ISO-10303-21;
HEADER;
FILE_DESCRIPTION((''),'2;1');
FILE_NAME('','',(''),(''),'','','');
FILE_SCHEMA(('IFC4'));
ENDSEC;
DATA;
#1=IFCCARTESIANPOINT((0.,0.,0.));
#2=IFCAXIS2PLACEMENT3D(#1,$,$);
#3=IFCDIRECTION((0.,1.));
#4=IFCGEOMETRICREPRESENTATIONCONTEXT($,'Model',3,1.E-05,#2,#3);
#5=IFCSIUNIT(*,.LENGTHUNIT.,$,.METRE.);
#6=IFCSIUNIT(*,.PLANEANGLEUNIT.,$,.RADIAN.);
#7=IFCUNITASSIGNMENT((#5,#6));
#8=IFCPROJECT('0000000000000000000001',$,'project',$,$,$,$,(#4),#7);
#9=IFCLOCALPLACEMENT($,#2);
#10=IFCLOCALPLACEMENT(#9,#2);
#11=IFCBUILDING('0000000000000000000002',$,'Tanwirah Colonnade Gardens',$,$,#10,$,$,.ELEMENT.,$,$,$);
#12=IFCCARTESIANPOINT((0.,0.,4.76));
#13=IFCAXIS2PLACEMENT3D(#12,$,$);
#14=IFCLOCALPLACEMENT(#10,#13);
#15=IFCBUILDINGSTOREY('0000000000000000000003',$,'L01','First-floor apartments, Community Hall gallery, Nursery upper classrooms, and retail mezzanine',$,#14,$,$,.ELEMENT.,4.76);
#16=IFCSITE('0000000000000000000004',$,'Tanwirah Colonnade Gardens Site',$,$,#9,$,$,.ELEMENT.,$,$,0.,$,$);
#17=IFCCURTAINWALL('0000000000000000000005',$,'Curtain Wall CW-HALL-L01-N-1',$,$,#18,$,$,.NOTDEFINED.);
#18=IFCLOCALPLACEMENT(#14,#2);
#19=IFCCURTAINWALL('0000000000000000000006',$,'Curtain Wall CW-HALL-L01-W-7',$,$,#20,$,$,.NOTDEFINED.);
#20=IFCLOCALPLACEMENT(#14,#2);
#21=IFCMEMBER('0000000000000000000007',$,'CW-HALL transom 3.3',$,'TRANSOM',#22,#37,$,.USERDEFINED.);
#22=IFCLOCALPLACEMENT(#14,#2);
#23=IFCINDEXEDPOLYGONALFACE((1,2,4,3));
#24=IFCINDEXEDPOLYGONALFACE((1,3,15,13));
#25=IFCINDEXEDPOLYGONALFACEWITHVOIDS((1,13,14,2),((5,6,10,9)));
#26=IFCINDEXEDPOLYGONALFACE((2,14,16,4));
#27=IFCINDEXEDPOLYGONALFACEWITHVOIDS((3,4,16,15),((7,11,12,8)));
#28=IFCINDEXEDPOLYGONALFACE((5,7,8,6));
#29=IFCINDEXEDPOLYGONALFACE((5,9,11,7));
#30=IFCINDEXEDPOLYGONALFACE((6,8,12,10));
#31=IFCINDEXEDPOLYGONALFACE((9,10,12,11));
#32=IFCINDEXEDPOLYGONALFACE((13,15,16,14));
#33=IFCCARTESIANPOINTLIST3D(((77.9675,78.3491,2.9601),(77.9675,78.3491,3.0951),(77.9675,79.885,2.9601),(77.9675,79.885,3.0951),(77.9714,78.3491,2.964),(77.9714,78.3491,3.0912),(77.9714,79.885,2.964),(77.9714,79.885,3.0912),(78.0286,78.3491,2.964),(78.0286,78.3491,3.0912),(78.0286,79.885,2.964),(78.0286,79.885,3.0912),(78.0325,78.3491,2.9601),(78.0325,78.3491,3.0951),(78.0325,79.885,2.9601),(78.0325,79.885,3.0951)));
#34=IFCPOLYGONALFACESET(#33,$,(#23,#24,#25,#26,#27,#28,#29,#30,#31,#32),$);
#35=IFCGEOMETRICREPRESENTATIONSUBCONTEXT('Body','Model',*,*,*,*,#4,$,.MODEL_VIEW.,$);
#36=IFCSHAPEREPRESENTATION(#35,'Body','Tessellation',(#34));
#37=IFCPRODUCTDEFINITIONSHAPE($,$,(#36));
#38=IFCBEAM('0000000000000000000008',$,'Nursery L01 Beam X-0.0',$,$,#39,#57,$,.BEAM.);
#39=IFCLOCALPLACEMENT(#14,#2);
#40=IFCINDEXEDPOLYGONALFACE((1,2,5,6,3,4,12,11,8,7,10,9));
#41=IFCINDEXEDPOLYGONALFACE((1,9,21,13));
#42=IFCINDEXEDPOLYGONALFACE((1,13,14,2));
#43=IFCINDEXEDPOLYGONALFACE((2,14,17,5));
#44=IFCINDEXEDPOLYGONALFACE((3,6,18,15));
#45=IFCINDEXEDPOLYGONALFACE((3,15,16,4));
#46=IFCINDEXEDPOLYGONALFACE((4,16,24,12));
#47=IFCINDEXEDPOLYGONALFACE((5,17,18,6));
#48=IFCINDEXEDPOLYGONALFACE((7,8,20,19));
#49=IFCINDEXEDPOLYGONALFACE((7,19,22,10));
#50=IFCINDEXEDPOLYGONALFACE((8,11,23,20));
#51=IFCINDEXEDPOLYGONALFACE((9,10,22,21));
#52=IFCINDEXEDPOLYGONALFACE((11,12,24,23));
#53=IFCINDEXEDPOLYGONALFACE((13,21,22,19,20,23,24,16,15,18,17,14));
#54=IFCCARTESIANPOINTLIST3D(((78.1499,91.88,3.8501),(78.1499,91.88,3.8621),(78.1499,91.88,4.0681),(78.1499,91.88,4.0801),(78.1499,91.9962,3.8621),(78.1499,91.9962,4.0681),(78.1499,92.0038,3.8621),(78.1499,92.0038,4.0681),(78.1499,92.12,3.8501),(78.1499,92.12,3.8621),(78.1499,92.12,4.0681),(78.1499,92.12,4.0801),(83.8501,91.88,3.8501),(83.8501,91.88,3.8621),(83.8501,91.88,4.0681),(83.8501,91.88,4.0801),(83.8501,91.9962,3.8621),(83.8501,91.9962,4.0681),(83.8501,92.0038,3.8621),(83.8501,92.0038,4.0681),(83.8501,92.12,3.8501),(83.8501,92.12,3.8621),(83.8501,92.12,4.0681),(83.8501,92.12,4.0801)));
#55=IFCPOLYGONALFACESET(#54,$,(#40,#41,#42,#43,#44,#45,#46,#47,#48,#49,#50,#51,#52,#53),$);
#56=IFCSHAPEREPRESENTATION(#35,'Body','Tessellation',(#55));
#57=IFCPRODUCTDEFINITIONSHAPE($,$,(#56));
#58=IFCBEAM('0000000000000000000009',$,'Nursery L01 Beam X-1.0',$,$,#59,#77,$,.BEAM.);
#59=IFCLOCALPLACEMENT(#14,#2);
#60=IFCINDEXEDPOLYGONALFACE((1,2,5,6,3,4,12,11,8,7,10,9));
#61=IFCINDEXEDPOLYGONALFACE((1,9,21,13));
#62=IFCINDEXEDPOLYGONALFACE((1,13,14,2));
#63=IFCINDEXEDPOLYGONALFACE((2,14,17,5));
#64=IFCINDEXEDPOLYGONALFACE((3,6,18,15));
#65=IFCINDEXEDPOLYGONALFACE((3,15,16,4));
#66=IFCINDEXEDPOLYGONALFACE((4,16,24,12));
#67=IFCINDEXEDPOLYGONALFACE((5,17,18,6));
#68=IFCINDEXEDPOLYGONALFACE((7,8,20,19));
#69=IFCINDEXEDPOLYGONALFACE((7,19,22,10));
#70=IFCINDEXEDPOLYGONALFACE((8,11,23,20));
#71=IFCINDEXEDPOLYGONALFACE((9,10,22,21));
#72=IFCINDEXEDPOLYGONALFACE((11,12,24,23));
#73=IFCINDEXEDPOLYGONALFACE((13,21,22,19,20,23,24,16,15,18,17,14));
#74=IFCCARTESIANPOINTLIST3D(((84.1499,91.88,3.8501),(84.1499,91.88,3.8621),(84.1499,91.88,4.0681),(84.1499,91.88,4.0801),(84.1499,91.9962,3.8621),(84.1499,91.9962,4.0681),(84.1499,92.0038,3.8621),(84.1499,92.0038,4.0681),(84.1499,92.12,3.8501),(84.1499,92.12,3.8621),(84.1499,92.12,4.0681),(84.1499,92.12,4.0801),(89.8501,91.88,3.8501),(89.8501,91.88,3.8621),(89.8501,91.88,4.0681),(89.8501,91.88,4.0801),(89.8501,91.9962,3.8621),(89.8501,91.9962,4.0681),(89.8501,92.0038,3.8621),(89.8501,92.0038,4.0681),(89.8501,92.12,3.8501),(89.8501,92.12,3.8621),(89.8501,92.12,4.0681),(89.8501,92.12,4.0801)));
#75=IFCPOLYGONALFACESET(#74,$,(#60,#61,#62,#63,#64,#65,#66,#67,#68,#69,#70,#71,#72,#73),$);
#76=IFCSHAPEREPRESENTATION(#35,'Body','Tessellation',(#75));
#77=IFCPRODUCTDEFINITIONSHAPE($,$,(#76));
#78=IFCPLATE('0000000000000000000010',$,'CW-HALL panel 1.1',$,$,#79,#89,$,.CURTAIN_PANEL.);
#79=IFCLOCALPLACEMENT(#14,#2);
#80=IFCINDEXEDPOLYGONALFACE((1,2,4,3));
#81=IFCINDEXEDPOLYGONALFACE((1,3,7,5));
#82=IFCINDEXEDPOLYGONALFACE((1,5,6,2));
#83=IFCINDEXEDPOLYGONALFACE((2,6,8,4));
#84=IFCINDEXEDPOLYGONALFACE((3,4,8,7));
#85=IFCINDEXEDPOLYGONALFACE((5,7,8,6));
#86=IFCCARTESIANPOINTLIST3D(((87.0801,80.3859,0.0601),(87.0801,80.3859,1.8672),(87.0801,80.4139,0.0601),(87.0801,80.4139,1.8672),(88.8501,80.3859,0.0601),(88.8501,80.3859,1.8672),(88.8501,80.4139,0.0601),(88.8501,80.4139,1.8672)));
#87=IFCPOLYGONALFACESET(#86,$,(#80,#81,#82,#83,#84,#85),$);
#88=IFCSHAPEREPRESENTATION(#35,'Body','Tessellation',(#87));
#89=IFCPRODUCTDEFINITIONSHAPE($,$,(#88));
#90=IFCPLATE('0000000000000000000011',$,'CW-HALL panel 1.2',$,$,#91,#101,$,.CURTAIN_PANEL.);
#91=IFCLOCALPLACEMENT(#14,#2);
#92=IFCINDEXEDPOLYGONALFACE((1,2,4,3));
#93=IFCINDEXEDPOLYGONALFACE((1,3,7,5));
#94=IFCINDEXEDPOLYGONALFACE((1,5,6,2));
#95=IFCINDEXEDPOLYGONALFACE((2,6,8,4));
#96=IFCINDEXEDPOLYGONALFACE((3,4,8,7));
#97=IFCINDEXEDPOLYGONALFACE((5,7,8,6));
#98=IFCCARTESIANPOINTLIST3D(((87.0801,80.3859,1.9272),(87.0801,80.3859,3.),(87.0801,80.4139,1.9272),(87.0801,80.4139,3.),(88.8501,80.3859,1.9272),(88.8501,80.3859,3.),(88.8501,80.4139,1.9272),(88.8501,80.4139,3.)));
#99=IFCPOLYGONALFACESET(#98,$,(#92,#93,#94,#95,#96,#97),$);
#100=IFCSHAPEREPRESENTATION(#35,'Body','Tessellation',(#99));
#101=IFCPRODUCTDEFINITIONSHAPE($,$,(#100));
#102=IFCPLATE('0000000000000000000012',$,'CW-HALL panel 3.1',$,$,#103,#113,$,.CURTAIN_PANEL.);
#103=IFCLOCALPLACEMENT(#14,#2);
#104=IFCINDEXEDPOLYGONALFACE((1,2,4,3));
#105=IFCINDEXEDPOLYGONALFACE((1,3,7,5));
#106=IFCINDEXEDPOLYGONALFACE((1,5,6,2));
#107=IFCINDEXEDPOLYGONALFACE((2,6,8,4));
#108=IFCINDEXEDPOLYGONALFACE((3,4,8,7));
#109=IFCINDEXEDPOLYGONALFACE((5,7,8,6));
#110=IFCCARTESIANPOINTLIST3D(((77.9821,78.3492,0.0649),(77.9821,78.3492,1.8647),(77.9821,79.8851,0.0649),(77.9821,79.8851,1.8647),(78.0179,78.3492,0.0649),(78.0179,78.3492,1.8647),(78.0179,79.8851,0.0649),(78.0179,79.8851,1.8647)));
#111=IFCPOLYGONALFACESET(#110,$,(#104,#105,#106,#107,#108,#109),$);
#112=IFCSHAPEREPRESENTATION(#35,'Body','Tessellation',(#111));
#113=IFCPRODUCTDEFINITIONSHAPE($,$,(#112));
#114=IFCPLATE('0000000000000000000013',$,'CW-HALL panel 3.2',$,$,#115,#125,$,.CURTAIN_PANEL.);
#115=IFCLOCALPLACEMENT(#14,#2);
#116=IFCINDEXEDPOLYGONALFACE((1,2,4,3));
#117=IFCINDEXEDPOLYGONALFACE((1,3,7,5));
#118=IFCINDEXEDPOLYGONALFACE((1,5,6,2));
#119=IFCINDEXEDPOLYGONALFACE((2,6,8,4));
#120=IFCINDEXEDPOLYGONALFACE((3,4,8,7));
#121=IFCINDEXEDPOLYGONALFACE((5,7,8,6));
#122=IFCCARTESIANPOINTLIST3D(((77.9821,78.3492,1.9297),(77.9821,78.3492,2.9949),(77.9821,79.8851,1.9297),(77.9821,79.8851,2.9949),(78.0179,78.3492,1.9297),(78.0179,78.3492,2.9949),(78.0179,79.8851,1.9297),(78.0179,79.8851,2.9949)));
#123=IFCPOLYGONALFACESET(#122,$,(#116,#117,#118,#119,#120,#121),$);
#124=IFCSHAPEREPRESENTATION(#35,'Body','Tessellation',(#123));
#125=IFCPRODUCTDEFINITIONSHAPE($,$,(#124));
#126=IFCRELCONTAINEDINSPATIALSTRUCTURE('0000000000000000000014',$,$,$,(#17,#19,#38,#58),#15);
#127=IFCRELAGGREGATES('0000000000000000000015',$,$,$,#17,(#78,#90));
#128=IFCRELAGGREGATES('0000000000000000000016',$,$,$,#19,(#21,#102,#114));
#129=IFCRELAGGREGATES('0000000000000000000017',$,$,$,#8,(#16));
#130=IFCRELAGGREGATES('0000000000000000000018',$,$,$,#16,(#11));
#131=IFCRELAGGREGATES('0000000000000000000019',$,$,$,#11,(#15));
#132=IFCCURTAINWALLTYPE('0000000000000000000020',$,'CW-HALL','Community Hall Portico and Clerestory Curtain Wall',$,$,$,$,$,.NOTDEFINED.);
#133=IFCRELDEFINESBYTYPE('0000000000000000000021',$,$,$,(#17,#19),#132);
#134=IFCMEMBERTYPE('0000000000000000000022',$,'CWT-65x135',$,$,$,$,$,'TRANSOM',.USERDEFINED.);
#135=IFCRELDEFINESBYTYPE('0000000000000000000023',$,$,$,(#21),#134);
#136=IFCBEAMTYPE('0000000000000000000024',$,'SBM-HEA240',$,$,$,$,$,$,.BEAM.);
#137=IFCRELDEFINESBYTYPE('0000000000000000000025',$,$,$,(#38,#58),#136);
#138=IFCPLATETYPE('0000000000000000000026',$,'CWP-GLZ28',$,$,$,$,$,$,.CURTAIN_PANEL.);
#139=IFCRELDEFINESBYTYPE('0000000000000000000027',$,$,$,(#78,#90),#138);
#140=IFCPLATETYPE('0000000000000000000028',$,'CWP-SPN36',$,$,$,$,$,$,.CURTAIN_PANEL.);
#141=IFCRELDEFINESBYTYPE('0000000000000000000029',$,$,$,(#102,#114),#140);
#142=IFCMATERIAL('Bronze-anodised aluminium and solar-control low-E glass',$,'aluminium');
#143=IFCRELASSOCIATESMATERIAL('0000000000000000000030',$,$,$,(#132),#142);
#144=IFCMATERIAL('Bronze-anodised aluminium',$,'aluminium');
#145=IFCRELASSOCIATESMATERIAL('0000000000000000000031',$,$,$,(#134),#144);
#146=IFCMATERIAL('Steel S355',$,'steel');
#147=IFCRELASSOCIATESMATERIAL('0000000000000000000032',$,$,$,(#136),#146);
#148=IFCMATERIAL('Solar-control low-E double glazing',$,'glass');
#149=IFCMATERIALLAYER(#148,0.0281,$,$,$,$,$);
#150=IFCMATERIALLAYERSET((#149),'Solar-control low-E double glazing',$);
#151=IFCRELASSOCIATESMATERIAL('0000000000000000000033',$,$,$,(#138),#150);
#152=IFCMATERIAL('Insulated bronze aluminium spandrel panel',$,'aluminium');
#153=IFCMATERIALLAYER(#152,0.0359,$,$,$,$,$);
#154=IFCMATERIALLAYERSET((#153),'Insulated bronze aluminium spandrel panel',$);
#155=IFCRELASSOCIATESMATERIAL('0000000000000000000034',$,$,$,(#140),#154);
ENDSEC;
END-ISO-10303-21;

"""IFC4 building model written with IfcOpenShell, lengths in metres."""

from ifc_helpers import new_model, si_unit, direction, frame, origin, origin_2d, place, context, subcontext, project, spatial, rectangle, hollow_rectangle, i_section, extrude, material, layer, layer_set, material_profile, profile_set, type_object, element, aggregate, save


model = new_model("IFC4")

# Units and contexts
model_context = context("Model", 3, precision=1e-05, world=origin(), true_north=direction((0.0, 1.0)))
body_context = subcontext(model_context, "Body", "Model", "MODEL_VIEW")
ifc_project = project(units=[si_unit("LENGTHUNIT", "METRE"), si_unit("PLANEANGLEUNIT", "RADIAN")], contexts=[model_context])

# Site, building, storey
site_placement = place(None, origin())
site = spatial("IfcSite", under=ifc_project, at=site_placement, Name="Tanwirah Colonnade Gardens Site", CompositionType="ELEMENT", RefElevation=0.0)
building_placement = place(site_placement, origin())
building = spatial("IfcBuilding", under=site, at=building_placement, Name="Tanwirah Colonnade Gardens", CompositionType="ELEMENT")
storey_placement = place(building_placement, frame((0.0, 0.0, 4.76)))
storey = spatial("IfcBuildingStorey", under=building, at=storey_placement, Name="L01", Description="First-floor apartments, Community Hall gallery, Nursery upper classrooms, and retail mezzanine", CompositionType="ELEMENT", Elevation=4.76)

# Curtain wall
ifc_material_1 = material(Name="Bronze-anodised aluminium and solar-control low-E glass", Category="aluminium")
curtain_wall_type = type_object("IfcCurtainWallType", Name="CW-HALL", Description="Community Hall Portico and Clerestory Curtain Wall", PredefinedType="NOTDEFINED", material=ifc_material_1)
curtain_wall_1_placement = place(storey_placement, origin())
curtain_wall_1 = element("IfcCurtainWall", 1, at=curtain_wall_1_placement, inside=storey, type_object=curtain_wall_type, Name="Curtain Wall CW-HALL-L01-N-1", PredefinedType="NOTDEFINED")
ifc_material_2 = material(Name="Bronze-anodised aluminium", Category="aluminium")

# Curtain wall
curtain_wall_2_placement = place(storey_placement, origin())
curtain_wall_2 = element("IfcCurtainWall", 2, at=curtain_wall_2_placement, inside=storey, type_object=curtain_wall_type, Name="Curtain Wall CW-HALL-L01-W-7", PredefinedType="NOTDEFINED")

# Member
ifc_material_profile_1 = material_profile(ifc_material_2, hollow_rectangle(XDim=0.0649, YDim=0.135, WallThickness=0.0039, at=origin_2d()), Name="CW-TRN 65x135x4")
ifc_profile_set_1 = profile_set([ifc_material_profile_1], Name="Bronze-anodised aluminium")
member_type_1 = type_object("IfcMemberType", Name="CWT-65x135", ElementType="TRANSOM", PredefinedType="USERDEFINED", material=ifc_profile_set_1)
member_1_placement = place(storey_placement, frame((78.0, 78.3491, 3.0276), z_axis=(0.0, 1.0, 0.0), x_axis=(-1.0, 0.0, 0.0)))
member_1 = element("IfcMember", 3, at=member_1_placement, type_object=member_type_1, Name="CW-HALL transom 3.3", ObjectType="TRANSOM", PredefinedType="USERDEFINED", context=body_context, shape_type="SweptSolid", body=[
    extrude(hollow_rectangle(XDim=0.0649, YDim=0.135, WallThickness=0.0039, at=origin_2d()), origin(), (0.0, 0.0, 1.0), 1.5359),
])

# Beams
ifc_material_3 = material(Name="Steel S355", Category="steel")
ifc_material_profile_2 = material_profile(ifc_material_3, i_section(OverallWidth=0.24, OverallDepth=0.23, WebThickness=0.0076, FlangeThickness=0.012, at=origin_2d()), Name="HEA 240")
ifc_profile_set_2 = profile_set([ifc_material_profile_2], Name="Steel S355")
beam_type = type_object("IfcBeamType", Name="SBM-HEA240", PredefinedType="BEAM", material=ifc_profile_set_2)
for number, where, z_axis, x_axis, name in (
    (4, (78.1499, 92.0, 3.9651), (1.0, 0.0, 0.0), (0.0, 1.0, 0.0), "Nursery L01 Beam X-0.0"),
    (5, (84.1499, 92.0, 3.9651), (1.0, 0.0, 0.0), (0.0, 1.0, 0.0), "Nursery L01 Beam X-1.0"),
):
    element("IfcBeam", number, at=place(storey_placement, frame(where, z_axis=z_axis, x_axis=x_axis)), inside=storey, type_object=beam_type, Name=name, PredefinedType="BEAM", context=body_context, shape_type="SweptSolid", body=[
        extrude(i_section(OverallWidth=0.24, OverallDepth=0.23, WebThickness=0.0076, FlangeThickness=0.012, at=origin_2d()), origin(), (0.0, 0.0, 1.0), 5.7002),
    ])

# Plates
ifc_material_4 = material(Name="Solar-control low-E double glazing", Category="glass")
ifc_layer_1 = layer(ifc_material_4, 0.0281)
ifc_layer_set_1 = layer_set([ifc_layer_1], Name="Solar-control low-E double glazing")
plate_type_1 = type_object("IfcPlateType", Name="CWP-GLZ28", PredefinedType="CURTAIN_PANEL", material=ifc_layer_set_1)
plate_1_placement = place(storey_placement, frame((87.9651, 80.3999, 0.0601), z_axis=(0.0, 0.0, 1.0), x_axis=(1.0, 0.0, 0.0)))
plate_1 = element("IfcPlate", 6, at=plate_1_placement, type_object=plate_type_1, Name="CW-HALL panel 1.1", PredefinedType="CURTAIN_PANEL", context=body_context, shape_type="SweptSolid", body=[
    extrude(rectangle(XDim=1.77, YDim=0.0281, at=origin_2d()), origin(), (0.0, 0.0, 1.0), 1.8071),
])
plate_2_placement = place(storey_placement, frame((87.9651, 80.3999, 1.9272), z_axis=(0.0, 0.0, 1.0), x_axis=(1.0, 0.0, 0.0)))
plate_2 = element("IfcPlate", 7, at=plate_2_placement, type_object=plate_type_1, Name="CW-HALL panel 1.2", PredefinedType="CURTAIN_PANEL", context=body_context, shape_type="SweptSolid", body=[
    extrude(rectangle(XDim=1.77, YDim=0.0281, at=origin_2d()), origin(), (0.0, 0.0, 1.0), 1.0728),
])
aggregate(curtain_wall_1, [plate_1, plate_2])
ifc_material_5 = material(Name="Insulated bronze aluminium spandrel panel", Category="aluminium")
ifc_layer_2 = layer(ifc_material_5, 0.0359)
ifc_layer_set_2 = layer_set([ifc_layer_2], Name="Insulated bronze aluminium spandrel panel")
plate_type_2 = type_object("IfcPlateType", Name="CWP-SPN36", PredefinedType="CURTAIN_PANEL", material=ifc_layer_set_2)
plate_3_placement = place(storey_placement, frame((78.0, 79.1172, 0.0649), z_axis=(0.0, 0.0, 1.0), x_axis=(0.0, 1.0, 0.0)))
plate_3 = element("IfcPlate", 8, at=plate_3_placement, type_object=plate_type_2, Name="CW-HALL panel 3.1", PredefinedType="CURTAIN_PANEL", context=body_context, shape_type="SweptSolid", body=[
    extrude(rectangle(XDim=1.5359, YDim=0.0359, at=origin_2d()), origin(), (0.0, 0.0, 1.0), 1.7998),
])
plate_4_placement = place(storey_placement, frame((78.0, 79.1172, 1.9297), z_axis=(0.0, 0.0, 1.0), x_axis=(0.0, 1.0, 0.0)))
plate_4 = element("IfcPlate", 9, at=plate_4_placement, type_object=plate_type_2, Name="CW-HALL panel 3.2", PredefinedType="CURTAIN_PANEL", context=body_context, shape_type="SweptSolid", body=[
    extrude(rectangle(XDim=1.5359, YDim=0.0359, at=origin_2d()), origin(), (0.0, 0.0, 1.0), 1.0652),
])
aggregate(curtain_wall_2, [member_1, plate_3, plate_4])

save(model, "model.ifc")
